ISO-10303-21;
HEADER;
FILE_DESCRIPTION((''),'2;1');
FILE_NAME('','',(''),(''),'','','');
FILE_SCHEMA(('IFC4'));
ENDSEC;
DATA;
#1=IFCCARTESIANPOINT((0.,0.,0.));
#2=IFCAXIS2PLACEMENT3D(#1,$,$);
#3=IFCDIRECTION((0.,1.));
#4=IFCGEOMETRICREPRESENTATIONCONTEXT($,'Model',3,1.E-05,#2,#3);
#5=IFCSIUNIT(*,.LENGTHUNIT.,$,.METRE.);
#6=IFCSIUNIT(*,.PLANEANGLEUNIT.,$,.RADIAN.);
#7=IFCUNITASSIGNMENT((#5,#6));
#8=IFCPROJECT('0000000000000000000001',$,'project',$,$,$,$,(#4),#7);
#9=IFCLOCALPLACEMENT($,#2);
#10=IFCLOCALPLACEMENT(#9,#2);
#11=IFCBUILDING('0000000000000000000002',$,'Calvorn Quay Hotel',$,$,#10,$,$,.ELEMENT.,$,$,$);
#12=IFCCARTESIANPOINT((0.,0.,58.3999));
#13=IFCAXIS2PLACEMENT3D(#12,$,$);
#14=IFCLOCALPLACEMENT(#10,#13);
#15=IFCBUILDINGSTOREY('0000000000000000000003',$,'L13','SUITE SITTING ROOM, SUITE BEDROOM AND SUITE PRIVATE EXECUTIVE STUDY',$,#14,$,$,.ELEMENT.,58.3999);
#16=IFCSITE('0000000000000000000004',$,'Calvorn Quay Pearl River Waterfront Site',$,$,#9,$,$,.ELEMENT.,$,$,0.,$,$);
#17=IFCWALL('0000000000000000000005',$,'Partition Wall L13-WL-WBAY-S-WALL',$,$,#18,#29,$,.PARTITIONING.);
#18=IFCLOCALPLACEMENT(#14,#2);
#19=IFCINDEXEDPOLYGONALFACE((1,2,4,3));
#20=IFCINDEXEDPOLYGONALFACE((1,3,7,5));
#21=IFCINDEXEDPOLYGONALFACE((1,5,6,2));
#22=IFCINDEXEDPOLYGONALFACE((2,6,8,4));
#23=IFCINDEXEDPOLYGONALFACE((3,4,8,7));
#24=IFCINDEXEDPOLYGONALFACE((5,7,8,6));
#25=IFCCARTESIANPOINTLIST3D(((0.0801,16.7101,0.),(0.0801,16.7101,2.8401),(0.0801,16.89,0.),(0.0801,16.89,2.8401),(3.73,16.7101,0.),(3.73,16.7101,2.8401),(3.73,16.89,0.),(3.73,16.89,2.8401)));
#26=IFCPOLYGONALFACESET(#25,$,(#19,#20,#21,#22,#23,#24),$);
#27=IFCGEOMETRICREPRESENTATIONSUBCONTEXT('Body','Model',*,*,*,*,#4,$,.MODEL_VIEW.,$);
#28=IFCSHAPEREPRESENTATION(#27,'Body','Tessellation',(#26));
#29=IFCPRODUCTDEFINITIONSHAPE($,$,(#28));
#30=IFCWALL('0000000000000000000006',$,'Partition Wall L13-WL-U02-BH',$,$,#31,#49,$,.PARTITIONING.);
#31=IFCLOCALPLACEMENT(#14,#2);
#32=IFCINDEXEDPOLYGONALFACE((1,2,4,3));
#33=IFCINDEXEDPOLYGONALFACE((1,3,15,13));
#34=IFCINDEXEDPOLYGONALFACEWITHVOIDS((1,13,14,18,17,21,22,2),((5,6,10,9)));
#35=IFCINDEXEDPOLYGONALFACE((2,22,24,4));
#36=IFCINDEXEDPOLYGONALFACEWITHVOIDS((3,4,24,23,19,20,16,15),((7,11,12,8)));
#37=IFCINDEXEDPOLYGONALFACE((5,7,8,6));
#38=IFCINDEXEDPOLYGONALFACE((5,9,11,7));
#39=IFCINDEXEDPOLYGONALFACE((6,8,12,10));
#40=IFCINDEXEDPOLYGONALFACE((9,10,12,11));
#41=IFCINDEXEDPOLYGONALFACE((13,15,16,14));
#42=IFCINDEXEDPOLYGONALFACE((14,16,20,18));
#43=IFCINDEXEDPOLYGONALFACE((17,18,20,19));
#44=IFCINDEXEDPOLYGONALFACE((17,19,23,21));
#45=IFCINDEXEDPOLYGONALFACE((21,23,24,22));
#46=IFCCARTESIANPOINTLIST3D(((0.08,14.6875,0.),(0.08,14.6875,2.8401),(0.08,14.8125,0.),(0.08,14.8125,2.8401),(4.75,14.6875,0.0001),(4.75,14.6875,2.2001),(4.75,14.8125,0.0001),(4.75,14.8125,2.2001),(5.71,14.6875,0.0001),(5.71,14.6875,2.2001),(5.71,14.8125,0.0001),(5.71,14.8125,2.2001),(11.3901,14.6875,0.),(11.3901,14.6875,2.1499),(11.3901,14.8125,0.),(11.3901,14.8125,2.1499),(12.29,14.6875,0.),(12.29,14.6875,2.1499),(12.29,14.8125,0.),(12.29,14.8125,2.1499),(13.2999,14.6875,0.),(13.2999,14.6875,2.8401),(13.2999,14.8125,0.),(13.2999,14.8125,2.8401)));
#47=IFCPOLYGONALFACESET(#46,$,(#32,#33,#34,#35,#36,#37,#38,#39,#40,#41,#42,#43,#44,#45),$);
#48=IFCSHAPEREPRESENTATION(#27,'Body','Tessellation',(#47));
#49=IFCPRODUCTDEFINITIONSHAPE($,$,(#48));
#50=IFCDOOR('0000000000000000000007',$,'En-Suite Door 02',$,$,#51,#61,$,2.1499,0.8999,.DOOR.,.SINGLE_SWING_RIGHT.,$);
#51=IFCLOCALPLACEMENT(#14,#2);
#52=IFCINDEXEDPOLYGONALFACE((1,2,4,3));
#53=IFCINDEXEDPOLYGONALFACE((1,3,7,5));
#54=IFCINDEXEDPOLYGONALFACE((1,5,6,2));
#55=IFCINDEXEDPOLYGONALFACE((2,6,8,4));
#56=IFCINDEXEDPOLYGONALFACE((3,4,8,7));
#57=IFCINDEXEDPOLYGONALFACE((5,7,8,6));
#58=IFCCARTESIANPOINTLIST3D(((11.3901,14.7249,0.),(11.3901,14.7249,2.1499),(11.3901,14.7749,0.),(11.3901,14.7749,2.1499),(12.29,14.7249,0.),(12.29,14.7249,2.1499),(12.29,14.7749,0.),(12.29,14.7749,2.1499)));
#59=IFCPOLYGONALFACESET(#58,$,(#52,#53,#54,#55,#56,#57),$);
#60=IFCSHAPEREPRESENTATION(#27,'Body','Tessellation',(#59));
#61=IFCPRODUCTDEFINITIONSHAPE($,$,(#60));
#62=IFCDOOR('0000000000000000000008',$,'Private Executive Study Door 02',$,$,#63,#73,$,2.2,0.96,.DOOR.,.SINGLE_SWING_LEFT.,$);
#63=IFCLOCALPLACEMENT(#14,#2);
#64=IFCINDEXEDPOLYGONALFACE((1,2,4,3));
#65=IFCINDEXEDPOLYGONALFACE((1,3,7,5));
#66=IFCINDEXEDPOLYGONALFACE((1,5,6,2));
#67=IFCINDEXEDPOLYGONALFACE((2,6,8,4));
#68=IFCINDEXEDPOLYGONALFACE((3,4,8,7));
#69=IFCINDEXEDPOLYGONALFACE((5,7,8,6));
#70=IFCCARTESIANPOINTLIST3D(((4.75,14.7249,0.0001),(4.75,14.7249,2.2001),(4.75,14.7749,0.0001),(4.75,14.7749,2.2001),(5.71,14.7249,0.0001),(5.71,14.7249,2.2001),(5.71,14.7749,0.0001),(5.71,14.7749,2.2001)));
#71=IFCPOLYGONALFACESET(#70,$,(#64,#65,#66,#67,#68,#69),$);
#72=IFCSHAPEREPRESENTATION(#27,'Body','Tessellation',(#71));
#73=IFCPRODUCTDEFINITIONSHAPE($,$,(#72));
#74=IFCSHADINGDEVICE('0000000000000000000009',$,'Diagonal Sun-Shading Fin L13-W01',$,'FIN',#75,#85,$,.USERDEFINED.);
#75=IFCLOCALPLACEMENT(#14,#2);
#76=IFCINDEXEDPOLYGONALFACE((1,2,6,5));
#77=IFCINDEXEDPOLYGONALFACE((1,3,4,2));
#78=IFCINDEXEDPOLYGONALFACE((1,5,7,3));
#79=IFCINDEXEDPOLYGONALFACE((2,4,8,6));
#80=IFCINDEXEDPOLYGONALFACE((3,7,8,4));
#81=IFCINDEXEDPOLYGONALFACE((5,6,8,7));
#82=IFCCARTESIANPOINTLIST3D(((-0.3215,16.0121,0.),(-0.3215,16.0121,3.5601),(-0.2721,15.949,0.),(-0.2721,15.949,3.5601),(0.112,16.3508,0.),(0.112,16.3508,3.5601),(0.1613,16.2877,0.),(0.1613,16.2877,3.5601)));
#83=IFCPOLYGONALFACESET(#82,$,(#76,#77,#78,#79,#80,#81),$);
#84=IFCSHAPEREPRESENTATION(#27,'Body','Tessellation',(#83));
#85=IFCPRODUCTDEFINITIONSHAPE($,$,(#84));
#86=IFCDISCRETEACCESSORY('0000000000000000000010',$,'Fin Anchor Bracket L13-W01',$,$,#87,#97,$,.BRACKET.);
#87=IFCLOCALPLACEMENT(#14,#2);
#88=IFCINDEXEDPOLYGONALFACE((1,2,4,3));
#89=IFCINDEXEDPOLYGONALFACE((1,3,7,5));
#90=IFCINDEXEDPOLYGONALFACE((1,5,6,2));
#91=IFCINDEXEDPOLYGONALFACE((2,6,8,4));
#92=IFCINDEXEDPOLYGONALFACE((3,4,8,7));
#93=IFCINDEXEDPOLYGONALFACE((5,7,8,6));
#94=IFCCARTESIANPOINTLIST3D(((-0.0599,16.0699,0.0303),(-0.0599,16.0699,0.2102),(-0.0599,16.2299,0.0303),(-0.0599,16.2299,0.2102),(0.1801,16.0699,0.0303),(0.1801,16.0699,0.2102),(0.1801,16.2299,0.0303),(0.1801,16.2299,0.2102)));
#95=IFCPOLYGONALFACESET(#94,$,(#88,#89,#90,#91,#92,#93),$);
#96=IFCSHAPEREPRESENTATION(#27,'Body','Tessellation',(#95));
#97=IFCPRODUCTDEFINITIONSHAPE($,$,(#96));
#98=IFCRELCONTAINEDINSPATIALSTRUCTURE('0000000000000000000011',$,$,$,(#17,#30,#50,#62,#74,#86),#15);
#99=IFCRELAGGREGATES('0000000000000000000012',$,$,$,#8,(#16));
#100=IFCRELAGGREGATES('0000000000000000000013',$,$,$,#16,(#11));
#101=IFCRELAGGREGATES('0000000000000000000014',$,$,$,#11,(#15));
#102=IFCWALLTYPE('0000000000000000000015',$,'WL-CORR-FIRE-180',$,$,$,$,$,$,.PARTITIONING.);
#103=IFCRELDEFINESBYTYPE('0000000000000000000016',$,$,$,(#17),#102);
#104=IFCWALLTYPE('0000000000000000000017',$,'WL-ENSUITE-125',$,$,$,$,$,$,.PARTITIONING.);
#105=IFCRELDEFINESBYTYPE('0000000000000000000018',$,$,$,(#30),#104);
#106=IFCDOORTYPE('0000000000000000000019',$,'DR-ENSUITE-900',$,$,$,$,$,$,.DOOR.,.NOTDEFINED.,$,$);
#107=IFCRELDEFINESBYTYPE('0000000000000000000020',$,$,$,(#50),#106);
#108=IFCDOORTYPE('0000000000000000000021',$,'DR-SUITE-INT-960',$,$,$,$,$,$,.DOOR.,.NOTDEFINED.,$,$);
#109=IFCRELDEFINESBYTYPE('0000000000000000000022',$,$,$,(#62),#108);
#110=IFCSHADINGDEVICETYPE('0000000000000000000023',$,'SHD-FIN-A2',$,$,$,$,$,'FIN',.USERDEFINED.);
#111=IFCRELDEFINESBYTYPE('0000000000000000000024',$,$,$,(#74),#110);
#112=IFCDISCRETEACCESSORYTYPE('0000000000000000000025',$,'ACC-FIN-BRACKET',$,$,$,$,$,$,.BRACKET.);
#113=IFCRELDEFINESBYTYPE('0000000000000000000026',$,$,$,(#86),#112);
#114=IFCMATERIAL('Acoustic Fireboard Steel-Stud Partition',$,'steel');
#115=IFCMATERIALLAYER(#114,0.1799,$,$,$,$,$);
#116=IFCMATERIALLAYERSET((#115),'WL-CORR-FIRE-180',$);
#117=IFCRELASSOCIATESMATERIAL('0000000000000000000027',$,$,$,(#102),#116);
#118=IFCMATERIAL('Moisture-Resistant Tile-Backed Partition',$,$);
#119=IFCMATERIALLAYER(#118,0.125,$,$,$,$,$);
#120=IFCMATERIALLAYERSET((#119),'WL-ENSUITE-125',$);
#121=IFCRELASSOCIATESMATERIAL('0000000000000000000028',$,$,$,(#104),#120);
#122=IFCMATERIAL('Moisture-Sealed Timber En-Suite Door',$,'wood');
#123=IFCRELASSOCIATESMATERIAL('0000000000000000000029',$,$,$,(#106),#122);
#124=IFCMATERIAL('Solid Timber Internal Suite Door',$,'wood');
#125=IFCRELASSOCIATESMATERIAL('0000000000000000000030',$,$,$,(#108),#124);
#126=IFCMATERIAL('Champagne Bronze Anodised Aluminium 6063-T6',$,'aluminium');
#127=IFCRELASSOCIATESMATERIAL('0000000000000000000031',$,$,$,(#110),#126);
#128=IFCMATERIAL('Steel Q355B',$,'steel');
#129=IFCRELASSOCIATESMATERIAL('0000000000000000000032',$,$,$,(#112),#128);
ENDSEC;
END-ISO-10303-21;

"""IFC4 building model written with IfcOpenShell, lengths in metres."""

from ifc_helpers import new_model, si_unit, direction, frame, frame_2d, origin, origin_2d, place, context, subcontext, project, spatial, rectangle, extrude, material, layer, layer_set, type_object, element, fill, save


model = new_model("IFC4")

# Units and contexts
model_context = context("Model", 3, precision=1e-05, world=origin(), true_north=direction((0.0, 1.0)))
body_context = subcontext(model_context, "Body", "Model", "MODEL_VIEW")
ifc_project = project(units=[si_unit("LENGTHUNIT", "METRE"), si_unit("PLANEANGLEUNIT", "RADIAN")], contexts=[model_context])

# Site, building, storey
site_placement = place(None, origin())
site = spatial("IfcSite", under=ifc_project, at=site_placement, Name="Calvorn Quay Pearl River Waterfront Site", CompositionType="ELEMENT", RefElevation=0.0)
building_placement = place(site_placement, origin())
building = spatial("IfcBuilding", under=site, at=building_placement, Name="Calvorn Quay Hotel", CompositionType="ELEMENT")
storey_placement = place(building_placement, frame((0.0, 0.0, 58.3999)))
storey = spatial("IfcBuildingStorey", under=building, at=storey_placement, Name="L13", Description="SUITE SITTING ROOM, SUITE BEDROOM AND SUITE PRIVATE EXECUTIVE STUDY", CompositionType="ELEMENT", Elevation=58.3999)

# Wall
ifc_material_1 = material(Name="Acoustic Fireboard Steel-Stud Partition", Category="steel")
ifc_layer_1 = layer(ifc_material_1, 0.1799)
ifc_layer_set_1 = layer_set([ifc_layer_1], Name="WL-CORR-FIRE-180")
wall_type_1 = type_object("IfcWallType", Name="WL-CORR-FIRE-180", PredefinedType="PARTITIONING", material=ifc_layer_set_1)
wall_1_placement = place(storey_placement, frame((0.0801, 16.8, 0.0), z_axis=(0.0, 0.0, 1.0), x_axis=(1.0, 0.0, 0.0)))
element("IfcWall", 1, at=wall_1_placement, inside=storey, type_object=wall_type_1, Name="Partition Wall L13-WL-WBAY-S-WALL", PredefinedType="PARTITIONING", context=body_context, shape_type="SweptSolid", body=[
    extrude(rectangle(XDim=3.6499, YDim=0.1799, at=frame_2d((1.825, 0.0))), origin(), (0.0, 0.0, 1.0), 2.8401),
])

# Wall, openings, doors
ifc_material_2 = material(Name="Moisture-Resistant Tile-Backed Partition")
ifc_layer_2 = layer(ifc_material_2, 0.125)
ifc_layer_set_2 = layer_set([ifc_layer_2], Name="WL-ENSUITE-125")
wall_type_2 = type_object("IfcWallType", Name="WL-ENSUITE-125", PredefinedType="PARTITIONING", material=ifc_layer_set_2)
wall_2_placement = place(storey_placement, frame((0.0801, 14.75, 0.0), z_axis=(0.0, 0.0, 1.0), x_axis=(1.0, 0.0, 0.0)))
wall_2 = element("IfcWall", 2, at=wall_2_placement, inside=storey, type_object=wall_type_2, Name="Partition Wall L13-WL-U02-BH", PredefinedType="PARTITIONING", context=body_context, shape_type="SweptSolid", body=[
    extrude(rectangle(XDim=13.22, YDim=0.125, at=frame_2d((6.6099, 0.0))), origin(), (0.0, 0.0, 1.0), 2.8401),
])
opening_1_placement = place(wall_2_placement, frame((4.6699, 0.0, 0.0)))
opening_1 = element("IfcOpeningElement", 3, at=opening_1_placement, cuts=wall_2, PredefinedType="OPENING", context=body_context, shape_type="SweptSolid", body=[
    extrude(rectangle(XDim=0.96, YDim=2.2, at=frame_2d((0.48, 1.1001))), frame((0.0, 0.0725, 0.0), z_axis=(0.0, -1.0, 0.0), x_axis=(1.0, 0.0, 0.0)), (0.0, 0.0, 1.0), 0.145),
])
opening_2_placement = place(wall_2_placement, frame((11.3101, 0.0, 0.0)))
opening_2 = element("IfcOpeningElement", 4, at=opening_2_placement, cuts=wall_2, PredefinedType="OPENING", context=body_context, shape_type="SweptSolid", body=[
    extrude(rectangle(XDim=0.8999, YDim=2.1499, at=frame_2d((0.45, 1.075))), frame((0.0, 0.0725, 0.0), z_axis=(0.0, -1.0, 0.0), x_axis=(1.0, 0.0, 0.0)), (0.0, 0.0, 1.0), 0.145),
])
ifc_material_3 = material(Name="Moisture-Sealed Timber En-Suite Door", Category="wood")
door_type_1 = type_object("IfcDoorType", Name="DR-ENSUITE-900", OperationType="NOTDEFINED", PredefinedType="DOOR", material=ifc_material_3)
door_1_placement = place(opening_2_placement, origin())
door_1 = element("IfcDoor", 5, at=door_1_placement, inside=storey, type_object=door_type_1, Name="En-Suite Door 02", OperationType="SINGLE_SWING_RIGHT", OverallHeight=2.1499, OverallWidth=0.8999, PredefinedType="DOOR", context=body_context, shape_type="SweptSolid", body=[
    extrude(rectangle(XDim=0.8999, YDim=2.1499, at=frame_2d((0.45, 1.075))), frame((0.0, 0.0249, 0.0), z_axis=(0.0, -1.0, 0.0), x_axis=(1.0, 0.0, 0.0)), (0.0, 0.0, 1.0), 0.05),
])
fill(opening_2, door_1)
ifc_material_4 = material(Name="Solid Timber Internal Suite Door", Category="wood")
door_type_2 = type_object("IfcDoorType", Name="DR-SUITE-INT-960", OperationType="NOTDEFINED", PredefinedType="DOOR", material=ifc_material_4)
door_2_placement = place(opening_1_placement, origin())
door_2 = element("IfcDoor", 6, at=door_2_placement, inside=storey, type_object=door_type_2, Name="Private Executive Study Door 02", OperationType="SINGLE_SWING_LEFT", OverallHeight=2.2, OverallWidth=0.96, PredefinedType="DOOR", context=body_context, shape_type="SweptSolid", body=[
    extrude(rectangle(XDim=0.96, YDim=2.2, at=frame_2d((0.48, 1.1001))), frame((0.0, 0.0249, 0.0), z_axis=(0.0, -1.0, 0.0), x_axis=(1.0, 0.0, 0.0)), (0.0, 0.0, 1.0), 0.05),
])
fill(opening_1, door_2)

# Shading device
ifc_material_5 = material(Name="Champagne Bronze Anodised Aluminium 6063-T6", Category="aluminium")
shading_device_type = type_object("IfcShadingDeviceType", Name="SHD-FIN-A2", ElementType="FIN", PredefinedType="USERDEFINED", material=ifc_material_5)
shading_device_placement = place(storey_placement, frame((-0.0801, 16.1499, 0.0), z_axis=(0.0, 0.0, 1.0), x_axis=(0.788011, 0.615661, 0.0)))
element("IfcShadingDevice", 7, at=shading_device_placement, inside=storey, type_object=shading_device_type, Name="Diagonal Sun-Shading Fin L13-W01", ObjectType="FIN", PredefinedType="USERDEFINED", context=body_context, shape_type="SweptSolid", body=[
    extrude(rectangle(XDim=0.55, YDim=0.0801, at=origin_2d()), origin(), (0.0, 0.0, 1.0), 3.5601),
])

# Discrete accessory
ifc_material_6 = material(Name="Steel Q355B", Category="steel")
discrete_accessory_type = type_object("IfcDiscreteAccessoryType", Name="ACC-FIN-BRACKET", PredefinedType="BRACKET", material=ifc_material_6)
discrete_accessory_placement = place(storey_placement, frame((0.0601, 16.1499, 0.0303), z_axis=(0.0, 0.0, 1.0), x_axis=(1.0, 0.0, 0.0)))
element("IfcDiscreteAccessory", 8, at=discrete_accessory_placement, inside=storey, type_object=discrete_accessory_type, Name="Fin Anchor Bracket L13-W01", PredefinedType="BRACKET", context=body_context, shape_type="SweptSolid", body=[
    extrude(rectangle(XDim=0.24, YDim=0.1599, at=origin_2d()), origin(), (0.0, 0.0, 1.0), 0.1799),
])

save(model, "model.ifc")
